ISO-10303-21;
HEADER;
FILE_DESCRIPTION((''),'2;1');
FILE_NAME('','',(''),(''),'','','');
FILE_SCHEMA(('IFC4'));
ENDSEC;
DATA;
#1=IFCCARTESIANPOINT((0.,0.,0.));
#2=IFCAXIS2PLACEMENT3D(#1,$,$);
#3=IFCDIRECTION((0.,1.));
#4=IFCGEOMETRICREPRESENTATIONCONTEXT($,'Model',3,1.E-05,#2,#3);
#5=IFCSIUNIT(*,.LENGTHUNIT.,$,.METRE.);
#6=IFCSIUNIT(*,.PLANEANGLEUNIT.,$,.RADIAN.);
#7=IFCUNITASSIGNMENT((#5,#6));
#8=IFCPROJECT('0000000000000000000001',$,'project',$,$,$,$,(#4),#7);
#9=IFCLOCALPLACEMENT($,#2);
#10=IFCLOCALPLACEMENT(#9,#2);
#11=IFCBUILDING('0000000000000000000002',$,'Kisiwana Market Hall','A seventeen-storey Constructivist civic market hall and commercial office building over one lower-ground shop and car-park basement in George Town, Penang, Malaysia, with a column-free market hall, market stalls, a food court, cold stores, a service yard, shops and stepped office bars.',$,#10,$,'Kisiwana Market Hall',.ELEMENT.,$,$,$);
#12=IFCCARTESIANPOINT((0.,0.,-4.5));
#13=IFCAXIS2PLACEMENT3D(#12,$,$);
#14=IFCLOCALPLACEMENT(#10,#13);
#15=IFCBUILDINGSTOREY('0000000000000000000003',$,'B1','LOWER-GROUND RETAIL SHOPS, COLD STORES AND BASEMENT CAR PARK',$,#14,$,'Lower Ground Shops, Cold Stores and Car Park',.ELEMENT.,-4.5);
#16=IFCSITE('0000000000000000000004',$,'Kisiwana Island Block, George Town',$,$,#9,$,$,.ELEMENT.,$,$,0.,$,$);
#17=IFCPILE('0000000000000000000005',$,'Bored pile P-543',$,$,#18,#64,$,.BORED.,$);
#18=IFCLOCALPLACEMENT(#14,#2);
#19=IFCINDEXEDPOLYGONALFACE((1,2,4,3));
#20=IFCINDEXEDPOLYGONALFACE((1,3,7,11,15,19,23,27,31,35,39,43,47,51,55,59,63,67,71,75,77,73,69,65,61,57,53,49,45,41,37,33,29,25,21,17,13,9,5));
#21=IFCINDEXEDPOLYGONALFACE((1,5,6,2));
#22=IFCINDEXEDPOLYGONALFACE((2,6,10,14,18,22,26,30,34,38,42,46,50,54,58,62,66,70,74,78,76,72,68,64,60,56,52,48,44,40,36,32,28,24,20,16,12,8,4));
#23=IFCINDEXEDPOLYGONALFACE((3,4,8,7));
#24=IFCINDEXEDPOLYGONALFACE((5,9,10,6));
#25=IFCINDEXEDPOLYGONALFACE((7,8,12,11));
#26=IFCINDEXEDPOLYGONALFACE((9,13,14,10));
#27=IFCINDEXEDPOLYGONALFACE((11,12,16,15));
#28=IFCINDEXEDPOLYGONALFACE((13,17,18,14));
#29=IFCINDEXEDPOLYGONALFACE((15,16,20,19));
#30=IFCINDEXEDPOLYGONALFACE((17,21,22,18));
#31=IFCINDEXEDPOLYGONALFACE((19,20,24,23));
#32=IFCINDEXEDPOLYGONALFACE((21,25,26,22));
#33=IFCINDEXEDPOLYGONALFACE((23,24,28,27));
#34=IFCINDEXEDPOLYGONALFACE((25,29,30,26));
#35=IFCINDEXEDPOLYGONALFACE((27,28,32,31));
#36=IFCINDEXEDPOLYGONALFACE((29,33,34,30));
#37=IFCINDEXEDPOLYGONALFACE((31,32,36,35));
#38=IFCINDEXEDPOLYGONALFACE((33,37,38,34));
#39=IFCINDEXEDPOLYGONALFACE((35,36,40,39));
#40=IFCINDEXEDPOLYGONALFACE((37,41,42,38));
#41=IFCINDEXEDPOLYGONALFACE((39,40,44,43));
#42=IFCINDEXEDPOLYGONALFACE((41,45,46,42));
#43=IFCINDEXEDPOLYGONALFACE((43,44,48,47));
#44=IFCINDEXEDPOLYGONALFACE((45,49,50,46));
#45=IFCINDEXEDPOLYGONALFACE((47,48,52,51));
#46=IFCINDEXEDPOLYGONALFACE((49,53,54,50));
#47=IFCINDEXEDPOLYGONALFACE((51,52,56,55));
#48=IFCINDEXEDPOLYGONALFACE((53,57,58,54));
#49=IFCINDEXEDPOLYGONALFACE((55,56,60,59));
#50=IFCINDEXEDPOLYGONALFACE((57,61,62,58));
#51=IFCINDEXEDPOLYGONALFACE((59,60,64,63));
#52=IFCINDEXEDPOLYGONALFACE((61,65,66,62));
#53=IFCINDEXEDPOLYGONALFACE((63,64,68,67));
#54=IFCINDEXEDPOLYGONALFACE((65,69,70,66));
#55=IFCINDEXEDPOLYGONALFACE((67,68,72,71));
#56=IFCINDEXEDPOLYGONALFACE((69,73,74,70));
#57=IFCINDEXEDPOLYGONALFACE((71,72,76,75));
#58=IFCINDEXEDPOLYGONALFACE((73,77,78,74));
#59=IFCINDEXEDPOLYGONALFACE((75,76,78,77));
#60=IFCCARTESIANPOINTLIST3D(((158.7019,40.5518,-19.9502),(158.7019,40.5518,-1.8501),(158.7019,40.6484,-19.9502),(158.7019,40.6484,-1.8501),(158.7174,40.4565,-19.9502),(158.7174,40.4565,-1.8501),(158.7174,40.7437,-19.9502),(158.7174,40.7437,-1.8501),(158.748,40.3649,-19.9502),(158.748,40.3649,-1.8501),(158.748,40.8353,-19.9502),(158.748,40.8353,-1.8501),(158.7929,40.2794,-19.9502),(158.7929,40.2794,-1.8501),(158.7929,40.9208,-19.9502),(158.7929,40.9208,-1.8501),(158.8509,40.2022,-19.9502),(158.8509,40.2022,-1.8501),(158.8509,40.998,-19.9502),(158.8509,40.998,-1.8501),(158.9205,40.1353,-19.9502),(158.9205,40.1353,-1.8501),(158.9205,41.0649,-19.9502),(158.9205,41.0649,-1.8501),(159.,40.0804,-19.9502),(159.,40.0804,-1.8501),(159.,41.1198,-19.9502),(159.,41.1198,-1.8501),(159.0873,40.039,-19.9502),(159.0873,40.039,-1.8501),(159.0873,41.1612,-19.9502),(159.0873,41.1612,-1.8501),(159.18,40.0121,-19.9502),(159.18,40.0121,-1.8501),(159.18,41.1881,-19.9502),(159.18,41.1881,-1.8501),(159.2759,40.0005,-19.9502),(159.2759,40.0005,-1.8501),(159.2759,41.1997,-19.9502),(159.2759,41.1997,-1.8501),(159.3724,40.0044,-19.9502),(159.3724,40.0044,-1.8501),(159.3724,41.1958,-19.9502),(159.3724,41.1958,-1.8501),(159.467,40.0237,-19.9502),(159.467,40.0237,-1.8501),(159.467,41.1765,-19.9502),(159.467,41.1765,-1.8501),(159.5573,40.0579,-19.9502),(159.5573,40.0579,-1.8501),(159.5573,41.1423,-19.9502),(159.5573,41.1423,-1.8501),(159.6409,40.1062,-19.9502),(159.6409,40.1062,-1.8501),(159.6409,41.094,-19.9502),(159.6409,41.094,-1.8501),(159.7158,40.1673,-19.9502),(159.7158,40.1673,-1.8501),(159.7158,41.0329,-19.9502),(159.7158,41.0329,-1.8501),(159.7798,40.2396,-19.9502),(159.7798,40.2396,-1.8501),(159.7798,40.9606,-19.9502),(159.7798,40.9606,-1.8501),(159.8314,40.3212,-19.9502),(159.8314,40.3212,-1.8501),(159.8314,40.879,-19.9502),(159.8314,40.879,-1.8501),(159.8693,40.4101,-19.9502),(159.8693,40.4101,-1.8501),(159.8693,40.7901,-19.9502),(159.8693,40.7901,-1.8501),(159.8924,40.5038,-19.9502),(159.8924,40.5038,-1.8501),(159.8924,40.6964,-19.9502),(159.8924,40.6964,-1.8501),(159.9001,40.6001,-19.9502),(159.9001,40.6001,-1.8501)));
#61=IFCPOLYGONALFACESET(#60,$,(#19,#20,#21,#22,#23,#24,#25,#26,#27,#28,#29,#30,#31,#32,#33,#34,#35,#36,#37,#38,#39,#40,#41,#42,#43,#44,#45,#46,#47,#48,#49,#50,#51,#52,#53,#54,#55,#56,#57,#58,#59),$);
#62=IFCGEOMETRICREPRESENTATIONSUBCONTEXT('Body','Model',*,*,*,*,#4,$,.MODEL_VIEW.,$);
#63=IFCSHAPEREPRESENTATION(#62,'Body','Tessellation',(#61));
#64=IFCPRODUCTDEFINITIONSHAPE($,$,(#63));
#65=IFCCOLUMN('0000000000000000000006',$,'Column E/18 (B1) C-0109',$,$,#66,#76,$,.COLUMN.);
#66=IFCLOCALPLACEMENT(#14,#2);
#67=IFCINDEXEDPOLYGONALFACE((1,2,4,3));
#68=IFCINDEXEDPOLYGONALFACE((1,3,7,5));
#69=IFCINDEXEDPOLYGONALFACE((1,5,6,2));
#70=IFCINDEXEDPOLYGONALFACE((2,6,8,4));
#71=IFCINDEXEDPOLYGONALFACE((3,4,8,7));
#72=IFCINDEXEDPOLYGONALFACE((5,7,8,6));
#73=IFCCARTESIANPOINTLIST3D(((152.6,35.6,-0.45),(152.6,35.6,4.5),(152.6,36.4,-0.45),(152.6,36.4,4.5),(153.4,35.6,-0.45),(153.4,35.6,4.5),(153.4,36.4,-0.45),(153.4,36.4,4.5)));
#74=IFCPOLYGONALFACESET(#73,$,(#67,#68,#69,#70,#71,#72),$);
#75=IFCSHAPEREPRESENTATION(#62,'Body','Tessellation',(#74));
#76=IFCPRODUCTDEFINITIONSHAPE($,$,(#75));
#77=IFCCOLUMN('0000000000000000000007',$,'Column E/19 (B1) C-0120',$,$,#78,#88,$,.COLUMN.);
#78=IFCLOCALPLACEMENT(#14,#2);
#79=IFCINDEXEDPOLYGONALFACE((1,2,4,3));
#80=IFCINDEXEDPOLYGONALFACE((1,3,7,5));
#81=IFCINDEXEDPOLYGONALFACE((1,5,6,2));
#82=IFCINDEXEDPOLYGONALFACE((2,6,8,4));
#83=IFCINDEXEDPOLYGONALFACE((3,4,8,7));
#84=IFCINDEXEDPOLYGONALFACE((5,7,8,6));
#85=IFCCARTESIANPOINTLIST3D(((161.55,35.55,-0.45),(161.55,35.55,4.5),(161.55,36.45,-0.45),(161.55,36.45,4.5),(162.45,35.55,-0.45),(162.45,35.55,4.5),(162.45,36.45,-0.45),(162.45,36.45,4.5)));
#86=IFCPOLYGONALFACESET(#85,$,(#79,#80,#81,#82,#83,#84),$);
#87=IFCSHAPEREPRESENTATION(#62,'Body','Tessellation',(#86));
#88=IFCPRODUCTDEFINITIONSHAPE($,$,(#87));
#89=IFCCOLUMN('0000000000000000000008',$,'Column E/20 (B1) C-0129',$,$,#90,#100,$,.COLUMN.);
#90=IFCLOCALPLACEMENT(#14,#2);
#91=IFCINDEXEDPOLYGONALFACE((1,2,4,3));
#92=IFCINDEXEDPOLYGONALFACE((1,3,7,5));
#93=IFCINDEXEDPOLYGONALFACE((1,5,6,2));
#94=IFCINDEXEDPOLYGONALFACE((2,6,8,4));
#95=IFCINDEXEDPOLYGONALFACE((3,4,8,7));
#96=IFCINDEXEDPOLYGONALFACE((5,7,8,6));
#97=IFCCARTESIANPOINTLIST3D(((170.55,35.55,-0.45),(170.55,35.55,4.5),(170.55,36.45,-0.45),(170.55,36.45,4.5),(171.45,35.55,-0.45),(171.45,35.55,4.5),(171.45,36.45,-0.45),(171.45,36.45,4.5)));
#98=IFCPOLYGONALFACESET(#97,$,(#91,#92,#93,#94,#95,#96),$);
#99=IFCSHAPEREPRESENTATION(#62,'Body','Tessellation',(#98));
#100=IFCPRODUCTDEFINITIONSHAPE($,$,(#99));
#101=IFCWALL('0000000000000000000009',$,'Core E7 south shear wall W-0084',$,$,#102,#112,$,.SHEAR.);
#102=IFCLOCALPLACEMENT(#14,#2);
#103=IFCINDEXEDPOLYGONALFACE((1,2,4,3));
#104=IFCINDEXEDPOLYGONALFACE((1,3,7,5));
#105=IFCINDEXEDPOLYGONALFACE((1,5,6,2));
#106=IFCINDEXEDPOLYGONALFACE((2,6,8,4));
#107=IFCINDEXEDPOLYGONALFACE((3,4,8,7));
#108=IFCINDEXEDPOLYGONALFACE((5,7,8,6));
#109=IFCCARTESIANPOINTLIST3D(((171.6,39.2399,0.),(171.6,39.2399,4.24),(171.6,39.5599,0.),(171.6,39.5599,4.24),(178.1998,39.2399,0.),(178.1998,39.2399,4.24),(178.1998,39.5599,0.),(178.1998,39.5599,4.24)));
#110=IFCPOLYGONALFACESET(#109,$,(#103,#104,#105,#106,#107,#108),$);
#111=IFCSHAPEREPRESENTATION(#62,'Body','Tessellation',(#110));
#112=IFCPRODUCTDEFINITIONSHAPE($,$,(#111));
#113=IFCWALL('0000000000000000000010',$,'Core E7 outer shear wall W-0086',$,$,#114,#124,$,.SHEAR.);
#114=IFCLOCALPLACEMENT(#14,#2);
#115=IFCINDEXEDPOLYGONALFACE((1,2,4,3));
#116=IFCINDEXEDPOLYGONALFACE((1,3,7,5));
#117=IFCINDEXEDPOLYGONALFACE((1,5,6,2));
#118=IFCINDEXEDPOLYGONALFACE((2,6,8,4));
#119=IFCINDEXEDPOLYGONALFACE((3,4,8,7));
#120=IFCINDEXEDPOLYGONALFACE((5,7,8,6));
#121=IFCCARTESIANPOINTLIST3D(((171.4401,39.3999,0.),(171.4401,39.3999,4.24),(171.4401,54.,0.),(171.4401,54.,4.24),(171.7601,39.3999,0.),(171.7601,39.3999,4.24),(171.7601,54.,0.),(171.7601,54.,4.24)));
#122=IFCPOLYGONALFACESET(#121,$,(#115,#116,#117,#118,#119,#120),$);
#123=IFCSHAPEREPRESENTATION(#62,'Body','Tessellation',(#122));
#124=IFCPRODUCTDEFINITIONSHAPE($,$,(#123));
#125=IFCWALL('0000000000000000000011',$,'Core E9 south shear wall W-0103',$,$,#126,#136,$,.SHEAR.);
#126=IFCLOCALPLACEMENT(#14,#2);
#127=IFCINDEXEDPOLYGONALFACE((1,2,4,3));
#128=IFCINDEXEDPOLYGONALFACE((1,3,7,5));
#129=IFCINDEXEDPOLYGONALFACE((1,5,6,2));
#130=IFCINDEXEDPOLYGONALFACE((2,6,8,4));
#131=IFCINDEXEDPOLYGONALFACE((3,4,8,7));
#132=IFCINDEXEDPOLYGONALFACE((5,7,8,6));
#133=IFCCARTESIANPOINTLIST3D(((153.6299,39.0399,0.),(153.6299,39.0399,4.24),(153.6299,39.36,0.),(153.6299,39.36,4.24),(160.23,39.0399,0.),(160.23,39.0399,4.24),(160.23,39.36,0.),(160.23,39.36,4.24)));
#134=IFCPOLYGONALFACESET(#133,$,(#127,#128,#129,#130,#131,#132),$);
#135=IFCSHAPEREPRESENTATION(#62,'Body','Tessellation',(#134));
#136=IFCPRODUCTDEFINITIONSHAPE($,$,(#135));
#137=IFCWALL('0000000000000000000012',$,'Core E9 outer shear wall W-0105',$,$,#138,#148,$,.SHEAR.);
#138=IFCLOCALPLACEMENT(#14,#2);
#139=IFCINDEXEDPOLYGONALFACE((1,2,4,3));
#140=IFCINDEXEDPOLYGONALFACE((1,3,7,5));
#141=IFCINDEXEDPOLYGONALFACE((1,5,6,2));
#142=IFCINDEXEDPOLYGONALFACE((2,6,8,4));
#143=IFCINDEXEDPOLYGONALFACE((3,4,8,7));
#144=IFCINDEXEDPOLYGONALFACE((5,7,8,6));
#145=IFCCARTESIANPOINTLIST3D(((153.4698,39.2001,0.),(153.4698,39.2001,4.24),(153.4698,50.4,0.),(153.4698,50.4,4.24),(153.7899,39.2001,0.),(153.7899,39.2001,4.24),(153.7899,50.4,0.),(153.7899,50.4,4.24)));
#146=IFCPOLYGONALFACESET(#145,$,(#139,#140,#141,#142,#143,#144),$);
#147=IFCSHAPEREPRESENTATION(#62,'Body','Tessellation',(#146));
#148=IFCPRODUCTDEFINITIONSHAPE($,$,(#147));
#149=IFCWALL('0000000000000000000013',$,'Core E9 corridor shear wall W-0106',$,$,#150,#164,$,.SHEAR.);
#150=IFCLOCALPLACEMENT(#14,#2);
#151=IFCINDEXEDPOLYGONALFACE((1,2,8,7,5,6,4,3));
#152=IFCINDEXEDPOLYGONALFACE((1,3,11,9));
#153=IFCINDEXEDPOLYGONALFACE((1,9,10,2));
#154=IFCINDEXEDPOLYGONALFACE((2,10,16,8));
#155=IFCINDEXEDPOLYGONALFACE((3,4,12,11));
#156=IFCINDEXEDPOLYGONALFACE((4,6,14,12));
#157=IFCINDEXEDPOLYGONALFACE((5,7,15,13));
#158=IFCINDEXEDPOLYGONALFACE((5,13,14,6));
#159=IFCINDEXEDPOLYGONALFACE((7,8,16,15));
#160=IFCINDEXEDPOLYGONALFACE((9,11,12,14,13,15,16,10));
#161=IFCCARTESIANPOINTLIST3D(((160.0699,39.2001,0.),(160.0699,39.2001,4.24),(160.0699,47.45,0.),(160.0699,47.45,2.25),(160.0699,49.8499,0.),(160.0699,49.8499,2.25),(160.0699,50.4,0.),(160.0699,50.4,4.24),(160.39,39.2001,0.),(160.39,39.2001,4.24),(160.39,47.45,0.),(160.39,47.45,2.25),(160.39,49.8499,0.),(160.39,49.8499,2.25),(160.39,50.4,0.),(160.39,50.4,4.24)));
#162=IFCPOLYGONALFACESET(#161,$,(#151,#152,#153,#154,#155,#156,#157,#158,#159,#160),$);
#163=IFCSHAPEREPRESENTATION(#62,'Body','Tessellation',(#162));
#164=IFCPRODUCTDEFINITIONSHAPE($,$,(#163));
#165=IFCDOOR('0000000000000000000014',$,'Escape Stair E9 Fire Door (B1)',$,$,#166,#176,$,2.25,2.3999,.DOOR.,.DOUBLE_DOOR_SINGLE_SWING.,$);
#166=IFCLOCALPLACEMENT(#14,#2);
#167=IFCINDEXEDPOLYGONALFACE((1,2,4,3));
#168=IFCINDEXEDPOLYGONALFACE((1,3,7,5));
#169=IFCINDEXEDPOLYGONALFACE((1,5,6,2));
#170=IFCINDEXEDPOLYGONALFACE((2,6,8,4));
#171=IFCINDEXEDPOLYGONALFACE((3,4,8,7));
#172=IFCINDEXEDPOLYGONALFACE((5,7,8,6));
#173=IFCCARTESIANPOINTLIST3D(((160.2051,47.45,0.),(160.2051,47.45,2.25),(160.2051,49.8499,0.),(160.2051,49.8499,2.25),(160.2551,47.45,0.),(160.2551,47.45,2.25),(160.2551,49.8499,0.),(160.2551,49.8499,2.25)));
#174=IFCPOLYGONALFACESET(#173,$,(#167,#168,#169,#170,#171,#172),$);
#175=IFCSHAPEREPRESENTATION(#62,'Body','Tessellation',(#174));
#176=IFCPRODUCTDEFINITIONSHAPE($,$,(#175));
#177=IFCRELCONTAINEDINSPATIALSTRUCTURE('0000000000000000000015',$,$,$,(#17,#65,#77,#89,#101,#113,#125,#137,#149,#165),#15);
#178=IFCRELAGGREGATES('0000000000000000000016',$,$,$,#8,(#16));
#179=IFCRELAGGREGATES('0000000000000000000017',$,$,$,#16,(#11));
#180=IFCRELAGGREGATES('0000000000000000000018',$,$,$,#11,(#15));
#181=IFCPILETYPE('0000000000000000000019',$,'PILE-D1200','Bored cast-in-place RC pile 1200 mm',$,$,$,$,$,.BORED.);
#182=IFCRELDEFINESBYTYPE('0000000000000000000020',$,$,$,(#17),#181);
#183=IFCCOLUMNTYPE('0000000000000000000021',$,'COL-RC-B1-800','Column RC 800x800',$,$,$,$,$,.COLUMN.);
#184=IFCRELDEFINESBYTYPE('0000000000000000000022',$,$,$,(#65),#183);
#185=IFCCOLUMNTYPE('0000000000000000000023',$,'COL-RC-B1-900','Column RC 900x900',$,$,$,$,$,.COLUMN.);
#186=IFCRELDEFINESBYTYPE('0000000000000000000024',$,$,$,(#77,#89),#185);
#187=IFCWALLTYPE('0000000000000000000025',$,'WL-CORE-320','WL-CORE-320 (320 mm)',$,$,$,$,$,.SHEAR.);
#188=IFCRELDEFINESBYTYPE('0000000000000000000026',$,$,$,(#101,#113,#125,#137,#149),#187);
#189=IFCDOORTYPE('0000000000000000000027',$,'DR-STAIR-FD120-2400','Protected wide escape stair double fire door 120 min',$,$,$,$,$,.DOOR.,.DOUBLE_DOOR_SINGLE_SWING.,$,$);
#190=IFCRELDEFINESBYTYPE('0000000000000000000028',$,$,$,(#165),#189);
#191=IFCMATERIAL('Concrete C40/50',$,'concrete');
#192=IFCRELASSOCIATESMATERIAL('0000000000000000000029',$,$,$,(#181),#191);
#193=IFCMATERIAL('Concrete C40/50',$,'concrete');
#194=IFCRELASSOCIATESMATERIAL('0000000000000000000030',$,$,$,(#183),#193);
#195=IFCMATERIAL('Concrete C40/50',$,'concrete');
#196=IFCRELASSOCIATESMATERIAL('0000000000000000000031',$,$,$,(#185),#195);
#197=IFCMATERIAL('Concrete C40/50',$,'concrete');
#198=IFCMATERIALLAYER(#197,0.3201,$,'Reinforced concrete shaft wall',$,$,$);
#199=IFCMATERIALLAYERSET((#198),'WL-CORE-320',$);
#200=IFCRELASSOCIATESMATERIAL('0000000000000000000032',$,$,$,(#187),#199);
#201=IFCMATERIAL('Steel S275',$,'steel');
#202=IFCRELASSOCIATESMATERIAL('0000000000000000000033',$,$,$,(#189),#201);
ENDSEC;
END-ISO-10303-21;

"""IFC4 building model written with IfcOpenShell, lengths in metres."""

from ifc_helpers import new_model, si_unit, direction, frame, frame_2d, origin, origin_2d, place, context, subcontext, project, spatial, rectangle, circle, extrude, material, layer, layer_set, material_profile, profile_set, type_object, element, fill, save


model = new_model("IFC4")

# Units and contexts
model_context = context("Model", 3, precision=1e-05, world=origin(), true_north=direction((0.0, 1.0)))
body_context = subcontext(model_context, "Body", "Model", "MODEL_VIEW")
ifc_project = project(units=[si_unit("LENGTHUNIT", "METRE"), si_unit("PLANEANGLEUNIT", "RADIAN")], contexts=[model_context])

# Site, building, storey
site_placement = place(None, origin())
site = spatial("IfcSite", under=ifc_project, at=site_placement, Name="Kisiwana Island Block, George Town", CompositionType="ELEMENT", RefElevation=0.0)
building_placement = place(site_placement, origin())
building = spatial("IfcBuilding", under=site, at=building_placement, Name="Kisiwana Market Hall", Description="A seventeen-storey Constructivist civic market hall and commercial office building over one lower-ground shop and car-park basement in George Town, Penang, Malaysia, with a column-free market hall, market stalls, a food court, cold stores, a service yard, shops and stepped office bars.", LongName="Kisiwana Market Hall", CompositionType="ELEMENT")
storey_placement = place(building_placement, frame((0.0, 0.0, -4.5)))
storey = spatial("IfcBuildingStorey", under=building, at=storey_placement, Name="B1", Description="LOWER-GROUND RETAIL SHOPS, COLD STORES AND BASEMENT CAR PARK", LongName="Lower Ground Shops, Cold Stores and Car Park", CompositionType="ELEMENT", Elevation=-4.5)

# Pile
ifc_material_1 = material(Name="Concrete C40/50", Category="concrete")
ifc_material_profile_1 = material_profile(ifc_material_1, circle(Radius=0.6001, at=origin_2d()), Name="BP D1200")
ifc_profile_set_1 = profile_set([ifc_material_profile_1], Name="Concrete C40/50")
pile_type_1 = type_object("IfcPileType", Name="PILE-D1200", Description="Bored cast-in-place RC pile 1200 mm", PredefinedType="BORED", material=ifc_profile_set_1)
for number, where, z_axis, x_axis, name in (
    (1, (159.3, 40.6001, -1.8501), (0.0, 0.0, -1.0), (1.0, 0.0, 0.0), "Bored pile P-543"),
):
    element("IfcPile", number, at=place(storey_placement, frame(where, z_axis=z_axis, x_axis=x_axis)), inside=storey, type_object=pile_type_1, Name=name, PredefinedType="BORED", context=body_context, shape_type="SweptSolid", body=[
        extrude(circle(Radius=0.6001, at=origin_2d()), origin(), (0.0, 0.0, 1.0), 18.1001),
    ])

# Columns
ifc_material_2 = material(Name="Concrete C40/50", Category="concrete")
ifc_material_profile_2 = material_profile(ifc_material_2, rectangle(XDim=0.8, YDim=0.8, at=origin_2d()), Name="RC 800x800")
ifc_profile_set_2 = profile_set([ifc_material_profile_2], Name="Concrete C40/50")
column_type_1 = type_object("IfcColumnType", Name="COL-RC-B1-800", Description="Column RC 800x800", PredefinedType="COLUMN", material=ifc_profile_set_2)
column_placement = place(storey_placement, frame((153.0, 36.0, -0.45), z_axis=(0.0, 0.0, 1.0), x_axis=(1.0, 0.0, 0.0)))
element("IfcColumn", 2, at=column_placement, inside=storey, type_object=column_type_1, Name="Column E/18 (B1) C-0109", PredefinedType="COLUMN", context=body_context, shape_type="SweptSolid", body=[
    extrude(rectangle(XDim=0.8, YDim=0.8, at=origin_2d()), origin(), (0.0, 0.0, 1.0), 4.95),
])
ifc_material_3 = material(Name="Concrete C40/50", Category="concrete")
ifc_material_profile_3 = material_profile(ifc_material_3, rectangle(XDim=0.8999, YDim=0.8999, at=origin_2d()), Name="RC 900x900")
ifc_profile_set_3 = profile_set([ifc_material_profile_3], Name="Concrete C40/50")
column_type_2 = type_object("IfcColumnType", Name="COL-RC-B1-900", Description="Column RC 900x900", PredefinedType="COLUMN", material=ifc_profile_set_3)
for number, where, z_axis, x_axis, name in (
    (3, (162.0, 36.0, -0.45), (0.0, 0.0, 1.0), (1.0, 0.0, 0.0), "Column E/19 (B1) C-0120"),
    (4, (171.0, 36.0, -0.45), (0.0, 0.0, 1.0), (1.0, 0.0, 0.0), "Column E/20 (B1) C-0129"),
):
    element("IfcColumn", number, at=place(storey_placement, frame(where, z_axis=z_axis, x_axis=x_axis)), inside=storey, type_object=column_type_2, Name=name, PredefinedType="COLUMN", context=body_context, shape_type="SweptSolid", body=[
        extrude(rectangle(XDim=0.8999, YDim=0.8999, at=origin_2d()), origin(), (0.0, 0.0, 1.0), 4.95),
    ])

# Walls
ifc_material_4 = material(Name="Concrete C40/50", Category="concrete")
ifc_layer_1 = layer(ifc_material_4, 0.3201, Name="Reinforced concrete shaft wall")
ifc_layer_set_1 = layer_set([ifc_layer_1], Name="WL-CORE-320")
wall_type_1 = type_object("IfcWallType", Name="WL-CORE-320", Description="WL-CORE-320 (320 mm)", PredefinedType="SHEAR", material=ifc_layer_set_1)
wall_1_placement = place(storey_placement, frame((171.6001, 39.3999, 0.0), z_axis=(0.0, 0.0, 1.0), x_axis=(1.0, 0.0, 0.0)))
element("IfcWall", 5, at=wall_1_placement, inside=storey, type_object=wall_type_1, Name="Core E7 south shear wall W-0084", PredefinedType="SHEAR", context=body_context, shape_type="SweptSolid", body=[
    extrude(rectangle(XDim=6.5999, YDim=0.3201, at=frame_2d((3.2998, 0.0))), origin(), (0.0, 0.0, 1.0), 4.24),
])
wall_2_placement = place(storey_placement, frame((171.6001, 39.3999, 0.0), z_axis=(0.0, 0.0, 1.0), x_axis=(0.0, 1.0, 0.0)))
element("IfcWall", 6, at=wall_2_placement, inside=storey, type_object=wall_type_1, Name="Core E7 outer shear wall W-0086", PredefinedType="SHEAR", context=body_context, shape_type="SweptSolid", body=[
    extrude(rectangle(XDim=14.6001, YDim=0.3201, at=frame_2d((7.3, 0.0))), origin(), (0.0, 0.0, 1.0), 4.24),
])
wall_3_placement = place(storey_placement, frame((153.6299, 39.2, 0.0), z_axis=(0.0, 0.0, 1.0), x_axis=(1.0, 0.0, 0.0)))
element("IfcWall", 7, at=wall_3_placement, inside=storey, type_object=wall_type_1, Name="Core E9 south shear wall W-0103", PredefinedType="SHEAR", context=body_context, shape_type="SweptSolid", body=[
    extrude(rectangle(XDim=6.6001, YDim=0.3201, at=frame_2d((3.3, 0.0))), origin(), (0.0, 0.0, 1.0), 4.24),
])
wall_4_placement = place(storey_placement, frame((153.6299, 39.2, 0.0), z_axis=(0.0, 0.0, 1.0), x_axis=(0.0, 1.0, 0.0)))
element("IfcWall", 8, at=wall_4_placement, inside=storey, type_object=wall_type_1, Name="Core E9 outer shear wall W-0105", PredefinedType="SHEAR", context=body_context, shape_type="SweptSolid", body=[
    extrude(rectangle(XDim=11.2, YDim=0.3201, at=frame_2d((5.6001, 0.0))), origin(), (0.0, 0.0, 1.0), 4.24),
])

# Wall, opening, door
wall_5_placement = place(storey_placement, frame((160.23, 39.2, 0.0), z_axis=(0.0, 0.0, 1.0), x_axis=(0.0, 1.0, 0.0)))
wall_5 = element("IfcWall", 9, at=wall_5_placement, inside=storey, type_object=wall_type_1, Name="Core E9 corridor shear wall W-0106", PredefinedType="SHEAR", context=body_context, shape_type="SweptSolid", body=[
    extrude(rectangle(XDim=11.2, YDim=0.3201, at=frame_2d((5.6001, 0.0))), origin(), (0.0, 0.0, 1.0), 4.24),
])
opening_placement = place(wall_5_placement, frame((8.25, 0.0, 0.0)))
opening = element("IfcOpeningElement", 10, at=opening_placement, cuts=wall_5, PredefinedType="OPENING", context=body_context, shape_type="SweptSolid", body=[
    extrude(rectangle(XDim=2.3999, YDim=2.25, at=frame_2d((1.2, 1.125))), frame((0.0, 0.1719, 0.0), z_axis=(0.0, -1.0, 0.0), x_axis=(1.0, 0.0, 0.0)), (0.0, 0.0, 1.0), 0.344),
])
ifc_material_5 = material(Name="Steel S275", Category="steel")
door_type = type_object("IfcDoorType", Name="DR-STAIR-FD120-2400", Description="Protected wide escape stair double fire door 120 min", OperationType="DOUBLE_DOOR_SINGLE_SWING", PredefinedType="DOOR", material=ifc_material_5)
door_placement = place(opening_placement, origin())
door = element("IfcDoor", 11, at=door_placement, inside=storey, type_object=door_type, Name="Escape Stair E9 Fire Door (B1)", OperationType="DOUBLE_DOOR_SINGLE_SWING", OverallHeight=2.25, OverallWidth=2.3999, PredefinedType="DOOR", context=body_context, shape_type="SweptSolid", body=[
    extrude(rectangle(XDim=2.3999, YDim=2.25, at=frame_2d((1.2, 1.125))), frame((0.0, 0.0249, 0.0), z_axis=(0.0, -1.0, 0.0), x_axis=(1.0, 0.0, 0.0)), (0.0, 0.0, 1.0), 0.05),
])
fill(opening, door)

save(model, "model.ifc")
